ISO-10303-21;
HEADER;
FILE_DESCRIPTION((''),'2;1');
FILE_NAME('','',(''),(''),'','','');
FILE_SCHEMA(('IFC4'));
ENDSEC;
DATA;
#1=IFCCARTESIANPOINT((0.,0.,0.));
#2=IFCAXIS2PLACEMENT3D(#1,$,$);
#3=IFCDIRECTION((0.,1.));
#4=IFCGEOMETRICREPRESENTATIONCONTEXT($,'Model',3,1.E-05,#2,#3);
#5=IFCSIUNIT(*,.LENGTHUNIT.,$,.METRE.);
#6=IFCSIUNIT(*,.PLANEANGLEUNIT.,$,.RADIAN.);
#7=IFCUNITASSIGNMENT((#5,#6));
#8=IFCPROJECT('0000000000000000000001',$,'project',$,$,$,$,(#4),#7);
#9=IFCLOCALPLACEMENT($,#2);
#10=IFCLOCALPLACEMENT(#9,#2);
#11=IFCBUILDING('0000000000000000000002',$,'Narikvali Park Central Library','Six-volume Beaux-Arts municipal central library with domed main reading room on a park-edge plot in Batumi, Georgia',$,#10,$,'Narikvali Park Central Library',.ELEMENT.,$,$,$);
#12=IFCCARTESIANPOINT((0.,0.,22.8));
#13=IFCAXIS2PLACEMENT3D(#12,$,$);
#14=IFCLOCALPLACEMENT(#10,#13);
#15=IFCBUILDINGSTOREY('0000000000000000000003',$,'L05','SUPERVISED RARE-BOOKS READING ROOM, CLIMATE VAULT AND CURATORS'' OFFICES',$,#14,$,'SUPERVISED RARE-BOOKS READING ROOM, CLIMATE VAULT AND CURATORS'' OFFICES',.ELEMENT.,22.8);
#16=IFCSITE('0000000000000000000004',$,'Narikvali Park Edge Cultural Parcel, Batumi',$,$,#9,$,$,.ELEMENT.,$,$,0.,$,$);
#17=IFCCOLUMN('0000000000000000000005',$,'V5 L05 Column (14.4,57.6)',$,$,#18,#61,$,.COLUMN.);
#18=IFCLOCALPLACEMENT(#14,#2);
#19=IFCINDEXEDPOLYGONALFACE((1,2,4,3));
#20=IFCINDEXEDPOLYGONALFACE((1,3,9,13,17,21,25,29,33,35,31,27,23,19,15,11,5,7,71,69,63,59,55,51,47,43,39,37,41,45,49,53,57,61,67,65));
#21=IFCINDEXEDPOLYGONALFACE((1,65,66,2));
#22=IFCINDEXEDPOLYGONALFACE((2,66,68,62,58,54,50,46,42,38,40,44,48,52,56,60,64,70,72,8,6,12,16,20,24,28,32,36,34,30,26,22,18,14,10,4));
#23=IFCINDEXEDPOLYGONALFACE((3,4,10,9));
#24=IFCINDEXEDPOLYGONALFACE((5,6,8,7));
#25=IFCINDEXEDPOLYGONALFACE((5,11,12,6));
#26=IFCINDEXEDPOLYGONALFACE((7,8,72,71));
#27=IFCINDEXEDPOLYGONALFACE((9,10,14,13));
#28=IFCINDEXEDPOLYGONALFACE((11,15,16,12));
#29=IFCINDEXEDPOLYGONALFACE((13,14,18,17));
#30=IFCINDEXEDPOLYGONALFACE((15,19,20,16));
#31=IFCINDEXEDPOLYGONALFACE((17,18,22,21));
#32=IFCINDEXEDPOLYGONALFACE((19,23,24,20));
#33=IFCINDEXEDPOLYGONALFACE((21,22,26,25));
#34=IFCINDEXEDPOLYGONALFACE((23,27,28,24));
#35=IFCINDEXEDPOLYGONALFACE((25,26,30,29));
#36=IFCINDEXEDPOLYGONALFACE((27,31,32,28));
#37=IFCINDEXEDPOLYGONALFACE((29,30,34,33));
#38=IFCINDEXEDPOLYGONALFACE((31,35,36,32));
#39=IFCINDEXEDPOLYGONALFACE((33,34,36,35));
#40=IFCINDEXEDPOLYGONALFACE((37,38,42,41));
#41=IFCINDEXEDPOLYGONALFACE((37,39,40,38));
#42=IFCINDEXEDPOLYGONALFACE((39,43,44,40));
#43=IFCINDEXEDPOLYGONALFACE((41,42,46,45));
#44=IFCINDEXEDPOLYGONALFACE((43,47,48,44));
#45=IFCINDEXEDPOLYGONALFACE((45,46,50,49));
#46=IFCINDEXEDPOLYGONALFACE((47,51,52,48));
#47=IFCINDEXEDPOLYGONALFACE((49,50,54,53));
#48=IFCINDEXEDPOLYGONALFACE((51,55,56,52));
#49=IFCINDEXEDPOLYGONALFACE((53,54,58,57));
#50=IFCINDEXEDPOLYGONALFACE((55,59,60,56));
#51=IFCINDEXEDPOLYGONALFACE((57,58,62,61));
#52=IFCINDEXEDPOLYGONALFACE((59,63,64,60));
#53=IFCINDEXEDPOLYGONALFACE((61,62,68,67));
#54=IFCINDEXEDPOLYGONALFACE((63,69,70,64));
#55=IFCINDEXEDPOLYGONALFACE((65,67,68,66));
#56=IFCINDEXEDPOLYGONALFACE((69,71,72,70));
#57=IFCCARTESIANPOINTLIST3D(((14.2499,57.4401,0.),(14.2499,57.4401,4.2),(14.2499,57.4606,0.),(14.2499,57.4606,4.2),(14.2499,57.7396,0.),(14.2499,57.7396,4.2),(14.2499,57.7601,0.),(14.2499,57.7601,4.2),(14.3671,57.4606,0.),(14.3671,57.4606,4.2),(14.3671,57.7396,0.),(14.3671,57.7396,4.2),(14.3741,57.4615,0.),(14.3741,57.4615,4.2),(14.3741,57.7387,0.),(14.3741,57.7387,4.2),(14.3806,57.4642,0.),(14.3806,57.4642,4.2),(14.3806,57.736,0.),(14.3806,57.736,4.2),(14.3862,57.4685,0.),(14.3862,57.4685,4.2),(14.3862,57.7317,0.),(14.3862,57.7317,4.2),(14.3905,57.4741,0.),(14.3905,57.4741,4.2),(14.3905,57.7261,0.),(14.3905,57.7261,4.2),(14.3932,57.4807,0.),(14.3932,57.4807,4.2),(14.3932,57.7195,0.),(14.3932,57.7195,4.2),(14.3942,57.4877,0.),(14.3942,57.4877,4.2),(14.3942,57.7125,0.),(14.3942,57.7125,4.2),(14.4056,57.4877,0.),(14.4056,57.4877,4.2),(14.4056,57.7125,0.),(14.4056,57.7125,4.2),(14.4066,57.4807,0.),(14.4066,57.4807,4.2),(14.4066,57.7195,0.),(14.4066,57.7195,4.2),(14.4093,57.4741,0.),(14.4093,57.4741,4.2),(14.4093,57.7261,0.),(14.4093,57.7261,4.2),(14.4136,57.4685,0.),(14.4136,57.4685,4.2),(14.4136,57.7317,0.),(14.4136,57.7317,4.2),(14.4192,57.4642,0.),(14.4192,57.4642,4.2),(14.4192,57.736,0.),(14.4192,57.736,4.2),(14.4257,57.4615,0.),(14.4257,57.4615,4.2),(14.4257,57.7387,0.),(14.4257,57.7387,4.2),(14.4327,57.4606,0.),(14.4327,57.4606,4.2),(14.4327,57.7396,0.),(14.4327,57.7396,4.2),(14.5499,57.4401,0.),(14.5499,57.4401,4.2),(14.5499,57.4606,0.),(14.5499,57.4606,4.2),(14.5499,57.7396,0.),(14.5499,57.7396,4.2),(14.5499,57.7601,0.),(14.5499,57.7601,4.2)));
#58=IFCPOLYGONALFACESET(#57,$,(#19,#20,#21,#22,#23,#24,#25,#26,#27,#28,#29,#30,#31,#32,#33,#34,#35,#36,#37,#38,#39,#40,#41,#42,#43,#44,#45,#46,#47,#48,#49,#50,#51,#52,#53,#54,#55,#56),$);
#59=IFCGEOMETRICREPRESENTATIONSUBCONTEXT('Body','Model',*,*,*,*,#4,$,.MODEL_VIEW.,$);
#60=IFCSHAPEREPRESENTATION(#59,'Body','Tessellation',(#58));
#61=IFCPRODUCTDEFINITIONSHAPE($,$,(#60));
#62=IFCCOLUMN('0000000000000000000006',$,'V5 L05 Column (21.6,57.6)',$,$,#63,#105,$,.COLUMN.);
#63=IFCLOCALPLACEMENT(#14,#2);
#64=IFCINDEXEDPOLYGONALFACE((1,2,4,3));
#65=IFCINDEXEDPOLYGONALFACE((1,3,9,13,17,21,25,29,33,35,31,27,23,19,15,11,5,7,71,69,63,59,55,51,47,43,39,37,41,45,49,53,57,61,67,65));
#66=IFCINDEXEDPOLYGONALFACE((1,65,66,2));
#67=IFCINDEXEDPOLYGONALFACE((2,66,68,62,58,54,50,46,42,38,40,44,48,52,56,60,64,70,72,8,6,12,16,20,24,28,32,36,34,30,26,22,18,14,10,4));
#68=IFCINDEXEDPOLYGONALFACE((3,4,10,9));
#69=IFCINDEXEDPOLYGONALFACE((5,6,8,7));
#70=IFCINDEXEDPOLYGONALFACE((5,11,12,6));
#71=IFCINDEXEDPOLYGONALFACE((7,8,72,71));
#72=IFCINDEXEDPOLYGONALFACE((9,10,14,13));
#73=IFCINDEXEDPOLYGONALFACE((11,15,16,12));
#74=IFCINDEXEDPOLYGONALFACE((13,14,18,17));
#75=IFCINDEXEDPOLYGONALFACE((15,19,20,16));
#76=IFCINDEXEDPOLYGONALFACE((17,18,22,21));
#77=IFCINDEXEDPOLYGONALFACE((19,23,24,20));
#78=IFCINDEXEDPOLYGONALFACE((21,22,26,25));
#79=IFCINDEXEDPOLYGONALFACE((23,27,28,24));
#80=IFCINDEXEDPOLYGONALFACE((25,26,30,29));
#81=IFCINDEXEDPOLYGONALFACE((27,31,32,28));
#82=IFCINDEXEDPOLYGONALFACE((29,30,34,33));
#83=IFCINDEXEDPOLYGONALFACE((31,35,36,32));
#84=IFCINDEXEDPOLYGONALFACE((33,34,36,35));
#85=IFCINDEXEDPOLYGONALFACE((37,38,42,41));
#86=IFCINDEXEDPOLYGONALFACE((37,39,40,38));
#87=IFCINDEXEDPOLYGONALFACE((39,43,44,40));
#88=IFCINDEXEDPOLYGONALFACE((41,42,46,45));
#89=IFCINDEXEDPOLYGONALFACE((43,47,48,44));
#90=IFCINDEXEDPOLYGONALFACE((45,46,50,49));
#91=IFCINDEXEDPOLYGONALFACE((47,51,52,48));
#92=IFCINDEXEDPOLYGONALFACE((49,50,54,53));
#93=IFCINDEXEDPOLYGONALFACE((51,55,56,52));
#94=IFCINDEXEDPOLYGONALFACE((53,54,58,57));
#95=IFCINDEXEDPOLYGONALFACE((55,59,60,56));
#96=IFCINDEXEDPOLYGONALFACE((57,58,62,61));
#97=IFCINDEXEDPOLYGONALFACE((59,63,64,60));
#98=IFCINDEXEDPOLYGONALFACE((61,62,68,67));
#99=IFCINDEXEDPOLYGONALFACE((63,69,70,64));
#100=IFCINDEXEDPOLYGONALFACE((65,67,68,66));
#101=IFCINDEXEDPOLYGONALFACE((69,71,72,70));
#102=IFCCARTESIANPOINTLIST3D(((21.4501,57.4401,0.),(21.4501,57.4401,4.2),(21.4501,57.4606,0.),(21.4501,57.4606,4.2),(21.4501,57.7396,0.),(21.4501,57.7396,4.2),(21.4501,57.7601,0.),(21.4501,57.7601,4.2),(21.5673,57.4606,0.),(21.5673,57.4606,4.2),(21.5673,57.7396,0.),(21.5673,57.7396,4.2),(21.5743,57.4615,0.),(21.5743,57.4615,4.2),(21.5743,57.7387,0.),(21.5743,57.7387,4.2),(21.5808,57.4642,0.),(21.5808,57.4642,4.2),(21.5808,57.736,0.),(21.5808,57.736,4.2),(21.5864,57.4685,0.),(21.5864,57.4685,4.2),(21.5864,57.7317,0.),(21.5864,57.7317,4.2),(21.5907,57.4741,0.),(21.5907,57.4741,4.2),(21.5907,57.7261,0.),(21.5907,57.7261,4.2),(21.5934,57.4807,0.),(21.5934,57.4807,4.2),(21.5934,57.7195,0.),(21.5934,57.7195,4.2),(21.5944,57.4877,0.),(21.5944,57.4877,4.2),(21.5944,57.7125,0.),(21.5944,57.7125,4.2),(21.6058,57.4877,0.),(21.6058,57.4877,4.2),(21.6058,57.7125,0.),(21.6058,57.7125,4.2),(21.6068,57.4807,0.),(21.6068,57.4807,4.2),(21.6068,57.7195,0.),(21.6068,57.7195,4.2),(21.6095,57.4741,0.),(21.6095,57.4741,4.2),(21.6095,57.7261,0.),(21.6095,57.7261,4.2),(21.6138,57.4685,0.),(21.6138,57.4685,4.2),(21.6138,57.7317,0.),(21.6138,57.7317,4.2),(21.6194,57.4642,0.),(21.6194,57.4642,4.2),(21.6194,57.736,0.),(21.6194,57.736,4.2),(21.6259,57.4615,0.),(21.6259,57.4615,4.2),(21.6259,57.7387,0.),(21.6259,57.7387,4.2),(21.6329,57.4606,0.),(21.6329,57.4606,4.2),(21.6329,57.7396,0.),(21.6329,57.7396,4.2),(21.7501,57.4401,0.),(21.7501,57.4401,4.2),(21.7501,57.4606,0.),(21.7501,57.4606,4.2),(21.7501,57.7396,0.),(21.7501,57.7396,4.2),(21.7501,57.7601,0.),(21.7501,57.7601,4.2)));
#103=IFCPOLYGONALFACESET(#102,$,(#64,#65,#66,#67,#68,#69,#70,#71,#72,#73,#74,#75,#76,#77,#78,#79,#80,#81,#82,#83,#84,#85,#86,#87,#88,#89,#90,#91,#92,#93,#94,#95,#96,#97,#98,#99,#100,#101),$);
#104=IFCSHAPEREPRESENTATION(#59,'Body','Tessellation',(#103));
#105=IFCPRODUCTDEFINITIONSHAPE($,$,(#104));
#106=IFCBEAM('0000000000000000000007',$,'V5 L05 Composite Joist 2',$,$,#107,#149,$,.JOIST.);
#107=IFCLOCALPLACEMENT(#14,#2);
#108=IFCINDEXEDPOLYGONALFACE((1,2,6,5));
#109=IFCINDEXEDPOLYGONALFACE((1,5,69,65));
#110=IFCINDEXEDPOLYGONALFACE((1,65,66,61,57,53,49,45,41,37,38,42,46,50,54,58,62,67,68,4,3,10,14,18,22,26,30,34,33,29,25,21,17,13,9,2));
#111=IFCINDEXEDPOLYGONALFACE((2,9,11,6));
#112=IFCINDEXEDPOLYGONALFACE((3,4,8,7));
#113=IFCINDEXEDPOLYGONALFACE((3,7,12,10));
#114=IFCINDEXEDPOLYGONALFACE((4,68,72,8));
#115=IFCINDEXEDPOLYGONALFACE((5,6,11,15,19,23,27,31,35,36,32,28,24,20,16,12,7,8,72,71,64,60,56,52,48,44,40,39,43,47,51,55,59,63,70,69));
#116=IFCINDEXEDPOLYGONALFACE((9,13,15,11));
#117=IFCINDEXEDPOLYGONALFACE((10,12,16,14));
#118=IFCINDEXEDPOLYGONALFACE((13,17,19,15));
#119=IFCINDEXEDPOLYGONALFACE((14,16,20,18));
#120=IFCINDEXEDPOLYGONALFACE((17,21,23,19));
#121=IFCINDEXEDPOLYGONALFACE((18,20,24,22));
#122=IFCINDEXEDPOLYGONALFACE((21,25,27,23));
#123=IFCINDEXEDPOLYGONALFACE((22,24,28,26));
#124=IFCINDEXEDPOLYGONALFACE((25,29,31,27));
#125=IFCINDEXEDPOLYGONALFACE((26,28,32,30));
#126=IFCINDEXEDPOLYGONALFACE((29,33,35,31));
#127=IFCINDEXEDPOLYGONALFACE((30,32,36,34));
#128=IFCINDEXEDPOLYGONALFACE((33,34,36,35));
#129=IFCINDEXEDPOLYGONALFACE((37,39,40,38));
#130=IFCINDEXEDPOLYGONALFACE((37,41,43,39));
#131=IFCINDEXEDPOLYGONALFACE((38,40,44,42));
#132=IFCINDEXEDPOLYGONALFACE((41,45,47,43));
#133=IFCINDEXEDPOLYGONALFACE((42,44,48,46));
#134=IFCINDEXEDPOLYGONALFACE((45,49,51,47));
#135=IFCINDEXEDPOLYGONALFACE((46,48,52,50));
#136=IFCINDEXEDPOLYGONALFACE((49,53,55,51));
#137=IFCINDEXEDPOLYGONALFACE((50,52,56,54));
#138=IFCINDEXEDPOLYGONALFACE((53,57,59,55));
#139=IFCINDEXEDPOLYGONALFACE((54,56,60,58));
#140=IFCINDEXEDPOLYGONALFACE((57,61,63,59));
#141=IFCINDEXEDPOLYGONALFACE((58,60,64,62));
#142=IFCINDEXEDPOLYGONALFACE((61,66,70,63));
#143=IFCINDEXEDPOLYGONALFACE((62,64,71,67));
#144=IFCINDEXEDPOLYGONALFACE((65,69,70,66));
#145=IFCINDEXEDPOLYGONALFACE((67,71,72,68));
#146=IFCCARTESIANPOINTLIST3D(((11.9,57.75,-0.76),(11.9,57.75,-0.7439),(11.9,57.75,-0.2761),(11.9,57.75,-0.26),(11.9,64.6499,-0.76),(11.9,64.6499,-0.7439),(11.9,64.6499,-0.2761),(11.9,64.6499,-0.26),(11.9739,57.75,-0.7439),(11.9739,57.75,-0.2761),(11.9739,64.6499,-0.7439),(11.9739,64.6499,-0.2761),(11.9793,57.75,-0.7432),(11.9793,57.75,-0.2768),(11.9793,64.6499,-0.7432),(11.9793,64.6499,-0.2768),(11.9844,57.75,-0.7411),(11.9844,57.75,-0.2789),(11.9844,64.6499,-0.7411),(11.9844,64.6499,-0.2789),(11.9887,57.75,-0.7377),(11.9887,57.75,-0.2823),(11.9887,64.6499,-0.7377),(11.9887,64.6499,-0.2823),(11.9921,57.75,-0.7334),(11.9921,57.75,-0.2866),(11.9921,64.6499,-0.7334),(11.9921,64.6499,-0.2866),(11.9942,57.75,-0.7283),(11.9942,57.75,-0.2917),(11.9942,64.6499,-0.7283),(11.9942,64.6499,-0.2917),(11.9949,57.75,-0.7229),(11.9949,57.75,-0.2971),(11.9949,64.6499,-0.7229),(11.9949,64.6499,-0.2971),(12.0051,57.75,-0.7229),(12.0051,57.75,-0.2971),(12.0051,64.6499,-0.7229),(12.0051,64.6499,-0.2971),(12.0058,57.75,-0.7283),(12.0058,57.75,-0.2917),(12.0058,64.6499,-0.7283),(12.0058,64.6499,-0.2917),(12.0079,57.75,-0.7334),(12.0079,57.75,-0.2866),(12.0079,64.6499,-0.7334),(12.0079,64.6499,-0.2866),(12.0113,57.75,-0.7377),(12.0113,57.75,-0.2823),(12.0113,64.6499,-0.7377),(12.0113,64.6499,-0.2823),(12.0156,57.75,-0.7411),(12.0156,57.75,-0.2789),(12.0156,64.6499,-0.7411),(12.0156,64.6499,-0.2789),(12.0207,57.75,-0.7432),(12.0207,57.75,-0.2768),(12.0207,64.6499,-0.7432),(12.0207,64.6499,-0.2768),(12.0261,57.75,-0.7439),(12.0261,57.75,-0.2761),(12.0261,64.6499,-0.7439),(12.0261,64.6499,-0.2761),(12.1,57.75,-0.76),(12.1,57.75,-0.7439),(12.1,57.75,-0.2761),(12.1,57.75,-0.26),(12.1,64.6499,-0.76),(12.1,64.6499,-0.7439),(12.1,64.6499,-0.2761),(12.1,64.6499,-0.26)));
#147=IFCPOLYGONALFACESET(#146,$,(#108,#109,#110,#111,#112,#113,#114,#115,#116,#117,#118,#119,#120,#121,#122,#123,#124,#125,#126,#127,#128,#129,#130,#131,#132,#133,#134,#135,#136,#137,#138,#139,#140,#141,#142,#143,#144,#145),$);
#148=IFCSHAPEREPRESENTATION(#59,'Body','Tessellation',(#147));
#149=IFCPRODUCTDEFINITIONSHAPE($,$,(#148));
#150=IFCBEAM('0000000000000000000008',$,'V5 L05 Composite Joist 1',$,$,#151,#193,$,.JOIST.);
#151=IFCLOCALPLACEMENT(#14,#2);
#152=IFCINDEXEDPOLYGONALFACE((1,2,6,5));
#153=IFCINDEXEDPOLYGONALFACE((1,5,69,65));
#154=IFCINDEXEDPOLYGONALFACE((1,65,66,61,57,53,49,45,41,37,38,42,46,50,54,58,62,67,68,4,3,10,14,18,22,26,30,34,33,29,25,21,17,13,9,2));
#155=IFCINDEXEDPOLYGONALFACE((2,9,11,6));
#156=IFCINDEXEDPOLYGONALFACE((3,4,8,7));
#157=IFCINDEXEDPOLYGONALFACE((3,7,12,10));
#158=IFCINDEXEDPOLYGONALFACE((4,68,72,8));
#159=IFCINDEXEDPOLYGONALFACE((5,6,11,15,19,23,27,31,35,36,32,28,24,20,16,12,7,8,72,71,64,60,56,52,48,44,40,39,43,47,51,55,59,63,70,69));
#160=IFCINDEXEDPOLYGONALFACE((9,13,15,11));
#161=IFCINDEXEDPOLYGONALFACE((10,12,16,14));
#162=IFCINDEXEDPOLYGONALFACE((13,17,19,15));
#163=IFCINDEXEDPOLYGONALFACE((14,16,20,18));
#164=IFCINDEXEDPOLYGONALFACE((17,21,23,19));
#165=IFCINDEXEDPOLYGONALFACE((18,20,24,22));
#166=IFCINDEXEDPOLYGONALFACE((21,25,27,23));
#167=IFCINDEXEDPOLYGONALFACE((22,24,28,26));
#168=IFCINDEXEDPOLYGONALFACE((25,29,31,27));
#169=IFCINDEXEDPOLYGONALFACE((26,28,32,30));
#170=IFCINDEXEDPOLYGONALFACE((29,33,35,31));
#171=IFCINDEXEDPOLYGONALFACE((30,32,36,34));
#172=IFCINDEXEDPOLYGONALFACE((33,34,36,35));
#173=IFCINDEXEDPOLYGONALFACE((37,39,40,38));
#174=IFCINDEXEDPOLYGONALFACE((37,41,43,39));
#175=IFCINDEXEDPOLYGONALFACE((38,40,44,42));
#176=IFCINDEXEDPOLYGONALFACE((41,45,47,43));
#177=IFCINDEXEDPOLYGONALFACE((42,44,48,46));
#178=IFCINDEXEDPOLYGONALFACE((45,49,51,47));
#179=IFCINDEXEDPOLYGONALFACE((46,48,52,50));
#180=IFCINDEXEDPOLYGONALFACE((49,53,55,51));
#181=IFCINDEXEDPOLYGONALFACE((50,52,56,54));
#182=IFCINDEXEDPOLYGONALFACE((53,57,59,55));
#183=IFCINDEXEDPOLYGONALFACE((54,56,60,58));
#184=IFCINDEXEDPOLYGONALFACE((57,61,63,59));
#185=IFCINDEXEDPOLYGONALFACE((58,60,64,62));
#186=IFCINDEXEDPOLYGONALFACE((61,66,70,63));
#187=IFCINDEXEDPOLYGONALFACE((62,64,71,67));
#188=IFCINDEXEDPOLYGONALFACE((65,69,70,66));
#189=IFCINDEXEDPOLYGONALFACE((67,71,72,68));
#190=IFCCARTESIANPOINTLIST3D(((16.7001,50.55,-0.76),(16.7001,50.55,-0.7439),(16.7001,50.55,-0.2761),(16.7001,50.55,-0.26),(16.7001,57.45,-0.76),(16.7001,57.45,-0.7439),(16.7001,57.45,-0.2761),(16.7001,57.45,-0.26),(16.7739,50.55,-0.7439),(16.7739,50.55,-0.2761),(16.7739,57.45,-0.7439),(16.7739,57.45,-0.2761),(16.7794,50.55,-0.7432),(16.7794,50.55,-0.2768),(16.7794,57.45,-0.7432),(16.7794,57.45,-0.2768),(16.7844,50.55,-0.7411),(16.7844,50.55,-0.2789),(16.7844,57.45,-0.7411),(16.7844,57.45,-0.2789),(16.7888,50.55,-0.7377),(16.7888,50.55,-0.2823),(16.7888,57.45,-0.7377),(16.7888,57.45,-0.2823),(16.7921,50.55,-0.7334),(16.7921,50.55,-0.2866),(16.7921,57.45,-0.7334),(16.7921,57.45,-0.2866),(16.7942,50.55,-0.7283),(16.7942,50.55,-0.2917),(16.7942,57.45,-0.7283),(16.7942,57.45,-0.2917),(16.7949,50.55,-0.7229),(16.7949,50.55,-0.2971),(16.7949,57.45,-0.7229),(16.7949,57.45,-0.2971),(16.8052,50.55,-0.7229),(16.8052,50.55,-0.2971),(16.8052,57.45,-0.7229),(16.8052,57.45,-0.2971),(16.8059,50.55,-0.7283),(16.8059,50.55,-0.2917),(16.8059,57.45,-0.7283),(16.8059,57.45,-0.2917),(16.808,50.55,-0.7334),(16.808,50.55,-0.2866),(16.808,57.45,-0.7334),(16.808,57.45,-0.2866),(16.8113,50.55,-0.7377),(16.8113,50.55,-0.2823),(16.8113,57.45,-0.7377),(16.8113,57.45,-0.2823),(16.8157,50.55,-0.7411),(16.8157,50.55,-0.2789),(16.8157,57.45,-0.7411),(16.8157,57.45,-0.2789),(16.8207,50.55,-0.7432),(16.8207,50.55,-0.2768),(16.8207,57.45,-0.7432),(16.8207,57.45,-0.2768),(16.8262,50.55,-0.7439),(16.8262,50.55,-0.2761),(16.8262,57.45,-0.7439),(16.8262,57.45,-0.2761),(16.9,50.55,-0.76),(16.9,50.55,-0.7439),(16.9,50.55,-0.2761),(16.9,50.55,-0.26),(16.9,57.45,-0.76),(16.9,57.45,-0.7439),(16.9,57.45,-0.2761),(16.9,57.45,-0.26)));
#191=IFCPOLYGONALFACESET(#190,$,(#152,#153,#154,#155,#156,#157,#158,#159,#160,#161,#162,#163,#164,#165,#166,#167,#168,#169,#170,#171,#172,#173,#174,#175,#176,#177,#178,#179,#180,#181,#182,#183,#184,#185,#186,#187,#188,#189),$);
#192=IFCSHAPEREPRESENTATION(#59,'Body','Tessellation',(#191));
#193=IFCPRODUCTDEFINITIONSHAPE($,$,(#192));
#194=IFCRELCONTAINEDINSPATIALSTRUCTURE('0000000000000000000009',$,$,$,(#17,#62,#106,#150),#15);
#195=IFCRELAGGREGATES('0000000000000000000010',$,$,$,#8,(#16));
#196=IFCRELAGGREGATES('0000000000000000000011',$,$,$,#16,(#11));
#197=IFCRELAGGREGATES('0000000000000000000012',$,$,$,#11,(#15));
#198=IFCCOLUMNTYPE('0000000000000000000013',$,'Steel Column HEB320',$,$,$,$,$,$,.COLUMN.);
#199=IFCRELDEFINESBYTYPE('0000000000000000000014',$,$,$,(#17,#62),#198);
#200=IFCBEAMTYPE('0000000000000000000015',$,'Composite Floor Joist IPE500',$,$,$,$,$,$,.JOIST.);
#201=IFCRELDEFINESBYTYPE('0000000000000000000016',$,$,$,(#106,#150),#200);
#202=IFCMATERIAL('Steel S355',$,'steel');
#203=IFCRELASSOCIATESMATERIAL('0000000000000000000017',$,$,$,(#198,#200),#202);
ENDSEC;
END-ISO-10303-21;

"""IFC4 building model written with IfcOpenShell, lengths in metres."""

from ifc_helpers import new_model, si_unit, direction, frame, origin, origin_2d, place, context, subcontext, project, spatial, i_section, extrude, material, material_profile, profile_set, type_object, element, save


model = new_model("IFC4")

# Units and contexts
model_context = context("Model", 3, precision=1e-05, world=origin(), true_north=direction((0.0, 1.0)))
body_context = subcontext(model_context, "Body", "Model", "MODEL_VIEW")
ifc_project = project(units=[si_unit("LENGTHUNIT", "METRE"), si_unit("PLANEANGLEUNIT", "RADIAN")], contexts=[model_context])

# Site, building, storey
site_placement = place(None, origin())
site = spatial("IfcSite", under=ifc_project, at=site_placement, Name="Narikvali Park Edge Cultural Parcel, Batumi", CompositionType="ELEMENT", RefElevation=0.0)
building_placement = place(site_placement, origin())
building = spatial("IfcBuilding", under=site, at=building_placement, Name="Narikvali Park Central Library", Description="Six-volume Beaux-Arts municipal central library with domed main reading room on a park-edge plot in Batumi, Georgia", LongName="Narikvali Park Central Library", CompositionType="ELEMENT")
storey_placement = place(building_placement, frame((0.0, 0.0, 22.8)))
storey = spatial("IfcBuildingStorey", under=building, at=storey_placement, Name="L05", Description="SUPERVISED RARE-BOOKS READING ROOM, CLIMATE VAULT AND CURATORS' OFFICES", LongName="SUPERVISED RARE-BOOKS READING ROOM, CLIMATE VAULT AND CURATORS' OFFICES", CompositionType="ELEMENT", Elevation=22.8)

# Columns
ifc_material_1 = material(Name="Steel S355", Category="steel")
ifc_material_profile_1 = material_profile(ifc_material_1, i_section(OverallWidth=0.3, OverallDepth=0.3201, WebThickness=0.0115, FlangeThickness=0.0205, FilletRadius=0.0271, at=origin_2d()), Name="HEB 320")
ifc_profile_set_1 = profile_set([ifc_material_profile_1], Name="Steel S355")
column_type = type_object("IfcColumnType", Name="Steel Column HEB320", PredefinedType="COLUMN", material=ifc_profile_set_1)
for number, where, z_axis, x_axis, name in (
    (1, (14.3999, 57.6001, 0.0), (0.0, 0.0, 1.0), (1.0, 0.0, 0.0), "V5 L05 Column (14.4,57.6)"),
    (2, (21.6001, 57.6001, 0.0), (0.0, 0.0, 1.0), (1.0, 0.0, 0.0), "V5 L05 Column (21.6,57.6)"),
):
    element("IfcColumn", number, at=place(storey_placement, frame(where, z_axis=z_axis, x_axis=x_axis)), inside=storey, type_object=column_type, Name=name, PredefinedType="COLUMN", context=body_context, shape_type="SweptSolid", body=[
        extrude(i_section(OverallWidth=0.3, OverallDepth=0.3201, WebThickness=0.0115, FlangeThickness=0.0205, FilletRadius=0.0271, at=origin_2d()), origin(), (0.0, 0.0, 1.0), 4.2),
    ])

# Beams
ifc_material_profile_2 = material_profile(ifc_material_1, i_section(OverallWidth=0.2, OverallDepth=0.5, WebThickness=0.0103, FlangeThickness=0.0161, FilletRadius=0.021, at=origin_2d()), Name="IPE 500")
ifc_profile_set_2 = profile_set([ifc_material_profile_2], Name="Steel S355")
beam_type_1 = type_object("IfcBeamType", Name="Composite Floor Joist IPE500", PredefinedType="JOIST", material=ifc_profile_set_2)
for number, where, z_axis, x_axis, name in (
    (3, (12.0, 57.75, -0.51), (0.0, 1.0, 0.0), (-1.0, 0.0, 0.0), "V5 L05 Composite Joist 2"),
    (4, (16.8, 50.55, -0.51), (0.0, 1.0, 0.0), (-1.0, 0.0, 0.0), "V5 L05 Composite Joist 1"),
):
    element("IfcBeam", number, at=place(storey_placement, frame(where, z_axis=z_axis, x_axis=x_axis)), inside=storey, type_object=beam_type_1, Name=name, PredefinedType="JOIST", context=body_context, shape_type="SweptSolid", body=[
        extrude(i_section(OverallWidth=0.2, OverallDepth=0.5, WebThickness=0.0103, FlangeThickness=0.0161, FilletRadius=0.021, at=origin_2d()), origin(), (0.0, 0.0, 1.0), 6.8999),
    ])

save(model, "model.ifc")
